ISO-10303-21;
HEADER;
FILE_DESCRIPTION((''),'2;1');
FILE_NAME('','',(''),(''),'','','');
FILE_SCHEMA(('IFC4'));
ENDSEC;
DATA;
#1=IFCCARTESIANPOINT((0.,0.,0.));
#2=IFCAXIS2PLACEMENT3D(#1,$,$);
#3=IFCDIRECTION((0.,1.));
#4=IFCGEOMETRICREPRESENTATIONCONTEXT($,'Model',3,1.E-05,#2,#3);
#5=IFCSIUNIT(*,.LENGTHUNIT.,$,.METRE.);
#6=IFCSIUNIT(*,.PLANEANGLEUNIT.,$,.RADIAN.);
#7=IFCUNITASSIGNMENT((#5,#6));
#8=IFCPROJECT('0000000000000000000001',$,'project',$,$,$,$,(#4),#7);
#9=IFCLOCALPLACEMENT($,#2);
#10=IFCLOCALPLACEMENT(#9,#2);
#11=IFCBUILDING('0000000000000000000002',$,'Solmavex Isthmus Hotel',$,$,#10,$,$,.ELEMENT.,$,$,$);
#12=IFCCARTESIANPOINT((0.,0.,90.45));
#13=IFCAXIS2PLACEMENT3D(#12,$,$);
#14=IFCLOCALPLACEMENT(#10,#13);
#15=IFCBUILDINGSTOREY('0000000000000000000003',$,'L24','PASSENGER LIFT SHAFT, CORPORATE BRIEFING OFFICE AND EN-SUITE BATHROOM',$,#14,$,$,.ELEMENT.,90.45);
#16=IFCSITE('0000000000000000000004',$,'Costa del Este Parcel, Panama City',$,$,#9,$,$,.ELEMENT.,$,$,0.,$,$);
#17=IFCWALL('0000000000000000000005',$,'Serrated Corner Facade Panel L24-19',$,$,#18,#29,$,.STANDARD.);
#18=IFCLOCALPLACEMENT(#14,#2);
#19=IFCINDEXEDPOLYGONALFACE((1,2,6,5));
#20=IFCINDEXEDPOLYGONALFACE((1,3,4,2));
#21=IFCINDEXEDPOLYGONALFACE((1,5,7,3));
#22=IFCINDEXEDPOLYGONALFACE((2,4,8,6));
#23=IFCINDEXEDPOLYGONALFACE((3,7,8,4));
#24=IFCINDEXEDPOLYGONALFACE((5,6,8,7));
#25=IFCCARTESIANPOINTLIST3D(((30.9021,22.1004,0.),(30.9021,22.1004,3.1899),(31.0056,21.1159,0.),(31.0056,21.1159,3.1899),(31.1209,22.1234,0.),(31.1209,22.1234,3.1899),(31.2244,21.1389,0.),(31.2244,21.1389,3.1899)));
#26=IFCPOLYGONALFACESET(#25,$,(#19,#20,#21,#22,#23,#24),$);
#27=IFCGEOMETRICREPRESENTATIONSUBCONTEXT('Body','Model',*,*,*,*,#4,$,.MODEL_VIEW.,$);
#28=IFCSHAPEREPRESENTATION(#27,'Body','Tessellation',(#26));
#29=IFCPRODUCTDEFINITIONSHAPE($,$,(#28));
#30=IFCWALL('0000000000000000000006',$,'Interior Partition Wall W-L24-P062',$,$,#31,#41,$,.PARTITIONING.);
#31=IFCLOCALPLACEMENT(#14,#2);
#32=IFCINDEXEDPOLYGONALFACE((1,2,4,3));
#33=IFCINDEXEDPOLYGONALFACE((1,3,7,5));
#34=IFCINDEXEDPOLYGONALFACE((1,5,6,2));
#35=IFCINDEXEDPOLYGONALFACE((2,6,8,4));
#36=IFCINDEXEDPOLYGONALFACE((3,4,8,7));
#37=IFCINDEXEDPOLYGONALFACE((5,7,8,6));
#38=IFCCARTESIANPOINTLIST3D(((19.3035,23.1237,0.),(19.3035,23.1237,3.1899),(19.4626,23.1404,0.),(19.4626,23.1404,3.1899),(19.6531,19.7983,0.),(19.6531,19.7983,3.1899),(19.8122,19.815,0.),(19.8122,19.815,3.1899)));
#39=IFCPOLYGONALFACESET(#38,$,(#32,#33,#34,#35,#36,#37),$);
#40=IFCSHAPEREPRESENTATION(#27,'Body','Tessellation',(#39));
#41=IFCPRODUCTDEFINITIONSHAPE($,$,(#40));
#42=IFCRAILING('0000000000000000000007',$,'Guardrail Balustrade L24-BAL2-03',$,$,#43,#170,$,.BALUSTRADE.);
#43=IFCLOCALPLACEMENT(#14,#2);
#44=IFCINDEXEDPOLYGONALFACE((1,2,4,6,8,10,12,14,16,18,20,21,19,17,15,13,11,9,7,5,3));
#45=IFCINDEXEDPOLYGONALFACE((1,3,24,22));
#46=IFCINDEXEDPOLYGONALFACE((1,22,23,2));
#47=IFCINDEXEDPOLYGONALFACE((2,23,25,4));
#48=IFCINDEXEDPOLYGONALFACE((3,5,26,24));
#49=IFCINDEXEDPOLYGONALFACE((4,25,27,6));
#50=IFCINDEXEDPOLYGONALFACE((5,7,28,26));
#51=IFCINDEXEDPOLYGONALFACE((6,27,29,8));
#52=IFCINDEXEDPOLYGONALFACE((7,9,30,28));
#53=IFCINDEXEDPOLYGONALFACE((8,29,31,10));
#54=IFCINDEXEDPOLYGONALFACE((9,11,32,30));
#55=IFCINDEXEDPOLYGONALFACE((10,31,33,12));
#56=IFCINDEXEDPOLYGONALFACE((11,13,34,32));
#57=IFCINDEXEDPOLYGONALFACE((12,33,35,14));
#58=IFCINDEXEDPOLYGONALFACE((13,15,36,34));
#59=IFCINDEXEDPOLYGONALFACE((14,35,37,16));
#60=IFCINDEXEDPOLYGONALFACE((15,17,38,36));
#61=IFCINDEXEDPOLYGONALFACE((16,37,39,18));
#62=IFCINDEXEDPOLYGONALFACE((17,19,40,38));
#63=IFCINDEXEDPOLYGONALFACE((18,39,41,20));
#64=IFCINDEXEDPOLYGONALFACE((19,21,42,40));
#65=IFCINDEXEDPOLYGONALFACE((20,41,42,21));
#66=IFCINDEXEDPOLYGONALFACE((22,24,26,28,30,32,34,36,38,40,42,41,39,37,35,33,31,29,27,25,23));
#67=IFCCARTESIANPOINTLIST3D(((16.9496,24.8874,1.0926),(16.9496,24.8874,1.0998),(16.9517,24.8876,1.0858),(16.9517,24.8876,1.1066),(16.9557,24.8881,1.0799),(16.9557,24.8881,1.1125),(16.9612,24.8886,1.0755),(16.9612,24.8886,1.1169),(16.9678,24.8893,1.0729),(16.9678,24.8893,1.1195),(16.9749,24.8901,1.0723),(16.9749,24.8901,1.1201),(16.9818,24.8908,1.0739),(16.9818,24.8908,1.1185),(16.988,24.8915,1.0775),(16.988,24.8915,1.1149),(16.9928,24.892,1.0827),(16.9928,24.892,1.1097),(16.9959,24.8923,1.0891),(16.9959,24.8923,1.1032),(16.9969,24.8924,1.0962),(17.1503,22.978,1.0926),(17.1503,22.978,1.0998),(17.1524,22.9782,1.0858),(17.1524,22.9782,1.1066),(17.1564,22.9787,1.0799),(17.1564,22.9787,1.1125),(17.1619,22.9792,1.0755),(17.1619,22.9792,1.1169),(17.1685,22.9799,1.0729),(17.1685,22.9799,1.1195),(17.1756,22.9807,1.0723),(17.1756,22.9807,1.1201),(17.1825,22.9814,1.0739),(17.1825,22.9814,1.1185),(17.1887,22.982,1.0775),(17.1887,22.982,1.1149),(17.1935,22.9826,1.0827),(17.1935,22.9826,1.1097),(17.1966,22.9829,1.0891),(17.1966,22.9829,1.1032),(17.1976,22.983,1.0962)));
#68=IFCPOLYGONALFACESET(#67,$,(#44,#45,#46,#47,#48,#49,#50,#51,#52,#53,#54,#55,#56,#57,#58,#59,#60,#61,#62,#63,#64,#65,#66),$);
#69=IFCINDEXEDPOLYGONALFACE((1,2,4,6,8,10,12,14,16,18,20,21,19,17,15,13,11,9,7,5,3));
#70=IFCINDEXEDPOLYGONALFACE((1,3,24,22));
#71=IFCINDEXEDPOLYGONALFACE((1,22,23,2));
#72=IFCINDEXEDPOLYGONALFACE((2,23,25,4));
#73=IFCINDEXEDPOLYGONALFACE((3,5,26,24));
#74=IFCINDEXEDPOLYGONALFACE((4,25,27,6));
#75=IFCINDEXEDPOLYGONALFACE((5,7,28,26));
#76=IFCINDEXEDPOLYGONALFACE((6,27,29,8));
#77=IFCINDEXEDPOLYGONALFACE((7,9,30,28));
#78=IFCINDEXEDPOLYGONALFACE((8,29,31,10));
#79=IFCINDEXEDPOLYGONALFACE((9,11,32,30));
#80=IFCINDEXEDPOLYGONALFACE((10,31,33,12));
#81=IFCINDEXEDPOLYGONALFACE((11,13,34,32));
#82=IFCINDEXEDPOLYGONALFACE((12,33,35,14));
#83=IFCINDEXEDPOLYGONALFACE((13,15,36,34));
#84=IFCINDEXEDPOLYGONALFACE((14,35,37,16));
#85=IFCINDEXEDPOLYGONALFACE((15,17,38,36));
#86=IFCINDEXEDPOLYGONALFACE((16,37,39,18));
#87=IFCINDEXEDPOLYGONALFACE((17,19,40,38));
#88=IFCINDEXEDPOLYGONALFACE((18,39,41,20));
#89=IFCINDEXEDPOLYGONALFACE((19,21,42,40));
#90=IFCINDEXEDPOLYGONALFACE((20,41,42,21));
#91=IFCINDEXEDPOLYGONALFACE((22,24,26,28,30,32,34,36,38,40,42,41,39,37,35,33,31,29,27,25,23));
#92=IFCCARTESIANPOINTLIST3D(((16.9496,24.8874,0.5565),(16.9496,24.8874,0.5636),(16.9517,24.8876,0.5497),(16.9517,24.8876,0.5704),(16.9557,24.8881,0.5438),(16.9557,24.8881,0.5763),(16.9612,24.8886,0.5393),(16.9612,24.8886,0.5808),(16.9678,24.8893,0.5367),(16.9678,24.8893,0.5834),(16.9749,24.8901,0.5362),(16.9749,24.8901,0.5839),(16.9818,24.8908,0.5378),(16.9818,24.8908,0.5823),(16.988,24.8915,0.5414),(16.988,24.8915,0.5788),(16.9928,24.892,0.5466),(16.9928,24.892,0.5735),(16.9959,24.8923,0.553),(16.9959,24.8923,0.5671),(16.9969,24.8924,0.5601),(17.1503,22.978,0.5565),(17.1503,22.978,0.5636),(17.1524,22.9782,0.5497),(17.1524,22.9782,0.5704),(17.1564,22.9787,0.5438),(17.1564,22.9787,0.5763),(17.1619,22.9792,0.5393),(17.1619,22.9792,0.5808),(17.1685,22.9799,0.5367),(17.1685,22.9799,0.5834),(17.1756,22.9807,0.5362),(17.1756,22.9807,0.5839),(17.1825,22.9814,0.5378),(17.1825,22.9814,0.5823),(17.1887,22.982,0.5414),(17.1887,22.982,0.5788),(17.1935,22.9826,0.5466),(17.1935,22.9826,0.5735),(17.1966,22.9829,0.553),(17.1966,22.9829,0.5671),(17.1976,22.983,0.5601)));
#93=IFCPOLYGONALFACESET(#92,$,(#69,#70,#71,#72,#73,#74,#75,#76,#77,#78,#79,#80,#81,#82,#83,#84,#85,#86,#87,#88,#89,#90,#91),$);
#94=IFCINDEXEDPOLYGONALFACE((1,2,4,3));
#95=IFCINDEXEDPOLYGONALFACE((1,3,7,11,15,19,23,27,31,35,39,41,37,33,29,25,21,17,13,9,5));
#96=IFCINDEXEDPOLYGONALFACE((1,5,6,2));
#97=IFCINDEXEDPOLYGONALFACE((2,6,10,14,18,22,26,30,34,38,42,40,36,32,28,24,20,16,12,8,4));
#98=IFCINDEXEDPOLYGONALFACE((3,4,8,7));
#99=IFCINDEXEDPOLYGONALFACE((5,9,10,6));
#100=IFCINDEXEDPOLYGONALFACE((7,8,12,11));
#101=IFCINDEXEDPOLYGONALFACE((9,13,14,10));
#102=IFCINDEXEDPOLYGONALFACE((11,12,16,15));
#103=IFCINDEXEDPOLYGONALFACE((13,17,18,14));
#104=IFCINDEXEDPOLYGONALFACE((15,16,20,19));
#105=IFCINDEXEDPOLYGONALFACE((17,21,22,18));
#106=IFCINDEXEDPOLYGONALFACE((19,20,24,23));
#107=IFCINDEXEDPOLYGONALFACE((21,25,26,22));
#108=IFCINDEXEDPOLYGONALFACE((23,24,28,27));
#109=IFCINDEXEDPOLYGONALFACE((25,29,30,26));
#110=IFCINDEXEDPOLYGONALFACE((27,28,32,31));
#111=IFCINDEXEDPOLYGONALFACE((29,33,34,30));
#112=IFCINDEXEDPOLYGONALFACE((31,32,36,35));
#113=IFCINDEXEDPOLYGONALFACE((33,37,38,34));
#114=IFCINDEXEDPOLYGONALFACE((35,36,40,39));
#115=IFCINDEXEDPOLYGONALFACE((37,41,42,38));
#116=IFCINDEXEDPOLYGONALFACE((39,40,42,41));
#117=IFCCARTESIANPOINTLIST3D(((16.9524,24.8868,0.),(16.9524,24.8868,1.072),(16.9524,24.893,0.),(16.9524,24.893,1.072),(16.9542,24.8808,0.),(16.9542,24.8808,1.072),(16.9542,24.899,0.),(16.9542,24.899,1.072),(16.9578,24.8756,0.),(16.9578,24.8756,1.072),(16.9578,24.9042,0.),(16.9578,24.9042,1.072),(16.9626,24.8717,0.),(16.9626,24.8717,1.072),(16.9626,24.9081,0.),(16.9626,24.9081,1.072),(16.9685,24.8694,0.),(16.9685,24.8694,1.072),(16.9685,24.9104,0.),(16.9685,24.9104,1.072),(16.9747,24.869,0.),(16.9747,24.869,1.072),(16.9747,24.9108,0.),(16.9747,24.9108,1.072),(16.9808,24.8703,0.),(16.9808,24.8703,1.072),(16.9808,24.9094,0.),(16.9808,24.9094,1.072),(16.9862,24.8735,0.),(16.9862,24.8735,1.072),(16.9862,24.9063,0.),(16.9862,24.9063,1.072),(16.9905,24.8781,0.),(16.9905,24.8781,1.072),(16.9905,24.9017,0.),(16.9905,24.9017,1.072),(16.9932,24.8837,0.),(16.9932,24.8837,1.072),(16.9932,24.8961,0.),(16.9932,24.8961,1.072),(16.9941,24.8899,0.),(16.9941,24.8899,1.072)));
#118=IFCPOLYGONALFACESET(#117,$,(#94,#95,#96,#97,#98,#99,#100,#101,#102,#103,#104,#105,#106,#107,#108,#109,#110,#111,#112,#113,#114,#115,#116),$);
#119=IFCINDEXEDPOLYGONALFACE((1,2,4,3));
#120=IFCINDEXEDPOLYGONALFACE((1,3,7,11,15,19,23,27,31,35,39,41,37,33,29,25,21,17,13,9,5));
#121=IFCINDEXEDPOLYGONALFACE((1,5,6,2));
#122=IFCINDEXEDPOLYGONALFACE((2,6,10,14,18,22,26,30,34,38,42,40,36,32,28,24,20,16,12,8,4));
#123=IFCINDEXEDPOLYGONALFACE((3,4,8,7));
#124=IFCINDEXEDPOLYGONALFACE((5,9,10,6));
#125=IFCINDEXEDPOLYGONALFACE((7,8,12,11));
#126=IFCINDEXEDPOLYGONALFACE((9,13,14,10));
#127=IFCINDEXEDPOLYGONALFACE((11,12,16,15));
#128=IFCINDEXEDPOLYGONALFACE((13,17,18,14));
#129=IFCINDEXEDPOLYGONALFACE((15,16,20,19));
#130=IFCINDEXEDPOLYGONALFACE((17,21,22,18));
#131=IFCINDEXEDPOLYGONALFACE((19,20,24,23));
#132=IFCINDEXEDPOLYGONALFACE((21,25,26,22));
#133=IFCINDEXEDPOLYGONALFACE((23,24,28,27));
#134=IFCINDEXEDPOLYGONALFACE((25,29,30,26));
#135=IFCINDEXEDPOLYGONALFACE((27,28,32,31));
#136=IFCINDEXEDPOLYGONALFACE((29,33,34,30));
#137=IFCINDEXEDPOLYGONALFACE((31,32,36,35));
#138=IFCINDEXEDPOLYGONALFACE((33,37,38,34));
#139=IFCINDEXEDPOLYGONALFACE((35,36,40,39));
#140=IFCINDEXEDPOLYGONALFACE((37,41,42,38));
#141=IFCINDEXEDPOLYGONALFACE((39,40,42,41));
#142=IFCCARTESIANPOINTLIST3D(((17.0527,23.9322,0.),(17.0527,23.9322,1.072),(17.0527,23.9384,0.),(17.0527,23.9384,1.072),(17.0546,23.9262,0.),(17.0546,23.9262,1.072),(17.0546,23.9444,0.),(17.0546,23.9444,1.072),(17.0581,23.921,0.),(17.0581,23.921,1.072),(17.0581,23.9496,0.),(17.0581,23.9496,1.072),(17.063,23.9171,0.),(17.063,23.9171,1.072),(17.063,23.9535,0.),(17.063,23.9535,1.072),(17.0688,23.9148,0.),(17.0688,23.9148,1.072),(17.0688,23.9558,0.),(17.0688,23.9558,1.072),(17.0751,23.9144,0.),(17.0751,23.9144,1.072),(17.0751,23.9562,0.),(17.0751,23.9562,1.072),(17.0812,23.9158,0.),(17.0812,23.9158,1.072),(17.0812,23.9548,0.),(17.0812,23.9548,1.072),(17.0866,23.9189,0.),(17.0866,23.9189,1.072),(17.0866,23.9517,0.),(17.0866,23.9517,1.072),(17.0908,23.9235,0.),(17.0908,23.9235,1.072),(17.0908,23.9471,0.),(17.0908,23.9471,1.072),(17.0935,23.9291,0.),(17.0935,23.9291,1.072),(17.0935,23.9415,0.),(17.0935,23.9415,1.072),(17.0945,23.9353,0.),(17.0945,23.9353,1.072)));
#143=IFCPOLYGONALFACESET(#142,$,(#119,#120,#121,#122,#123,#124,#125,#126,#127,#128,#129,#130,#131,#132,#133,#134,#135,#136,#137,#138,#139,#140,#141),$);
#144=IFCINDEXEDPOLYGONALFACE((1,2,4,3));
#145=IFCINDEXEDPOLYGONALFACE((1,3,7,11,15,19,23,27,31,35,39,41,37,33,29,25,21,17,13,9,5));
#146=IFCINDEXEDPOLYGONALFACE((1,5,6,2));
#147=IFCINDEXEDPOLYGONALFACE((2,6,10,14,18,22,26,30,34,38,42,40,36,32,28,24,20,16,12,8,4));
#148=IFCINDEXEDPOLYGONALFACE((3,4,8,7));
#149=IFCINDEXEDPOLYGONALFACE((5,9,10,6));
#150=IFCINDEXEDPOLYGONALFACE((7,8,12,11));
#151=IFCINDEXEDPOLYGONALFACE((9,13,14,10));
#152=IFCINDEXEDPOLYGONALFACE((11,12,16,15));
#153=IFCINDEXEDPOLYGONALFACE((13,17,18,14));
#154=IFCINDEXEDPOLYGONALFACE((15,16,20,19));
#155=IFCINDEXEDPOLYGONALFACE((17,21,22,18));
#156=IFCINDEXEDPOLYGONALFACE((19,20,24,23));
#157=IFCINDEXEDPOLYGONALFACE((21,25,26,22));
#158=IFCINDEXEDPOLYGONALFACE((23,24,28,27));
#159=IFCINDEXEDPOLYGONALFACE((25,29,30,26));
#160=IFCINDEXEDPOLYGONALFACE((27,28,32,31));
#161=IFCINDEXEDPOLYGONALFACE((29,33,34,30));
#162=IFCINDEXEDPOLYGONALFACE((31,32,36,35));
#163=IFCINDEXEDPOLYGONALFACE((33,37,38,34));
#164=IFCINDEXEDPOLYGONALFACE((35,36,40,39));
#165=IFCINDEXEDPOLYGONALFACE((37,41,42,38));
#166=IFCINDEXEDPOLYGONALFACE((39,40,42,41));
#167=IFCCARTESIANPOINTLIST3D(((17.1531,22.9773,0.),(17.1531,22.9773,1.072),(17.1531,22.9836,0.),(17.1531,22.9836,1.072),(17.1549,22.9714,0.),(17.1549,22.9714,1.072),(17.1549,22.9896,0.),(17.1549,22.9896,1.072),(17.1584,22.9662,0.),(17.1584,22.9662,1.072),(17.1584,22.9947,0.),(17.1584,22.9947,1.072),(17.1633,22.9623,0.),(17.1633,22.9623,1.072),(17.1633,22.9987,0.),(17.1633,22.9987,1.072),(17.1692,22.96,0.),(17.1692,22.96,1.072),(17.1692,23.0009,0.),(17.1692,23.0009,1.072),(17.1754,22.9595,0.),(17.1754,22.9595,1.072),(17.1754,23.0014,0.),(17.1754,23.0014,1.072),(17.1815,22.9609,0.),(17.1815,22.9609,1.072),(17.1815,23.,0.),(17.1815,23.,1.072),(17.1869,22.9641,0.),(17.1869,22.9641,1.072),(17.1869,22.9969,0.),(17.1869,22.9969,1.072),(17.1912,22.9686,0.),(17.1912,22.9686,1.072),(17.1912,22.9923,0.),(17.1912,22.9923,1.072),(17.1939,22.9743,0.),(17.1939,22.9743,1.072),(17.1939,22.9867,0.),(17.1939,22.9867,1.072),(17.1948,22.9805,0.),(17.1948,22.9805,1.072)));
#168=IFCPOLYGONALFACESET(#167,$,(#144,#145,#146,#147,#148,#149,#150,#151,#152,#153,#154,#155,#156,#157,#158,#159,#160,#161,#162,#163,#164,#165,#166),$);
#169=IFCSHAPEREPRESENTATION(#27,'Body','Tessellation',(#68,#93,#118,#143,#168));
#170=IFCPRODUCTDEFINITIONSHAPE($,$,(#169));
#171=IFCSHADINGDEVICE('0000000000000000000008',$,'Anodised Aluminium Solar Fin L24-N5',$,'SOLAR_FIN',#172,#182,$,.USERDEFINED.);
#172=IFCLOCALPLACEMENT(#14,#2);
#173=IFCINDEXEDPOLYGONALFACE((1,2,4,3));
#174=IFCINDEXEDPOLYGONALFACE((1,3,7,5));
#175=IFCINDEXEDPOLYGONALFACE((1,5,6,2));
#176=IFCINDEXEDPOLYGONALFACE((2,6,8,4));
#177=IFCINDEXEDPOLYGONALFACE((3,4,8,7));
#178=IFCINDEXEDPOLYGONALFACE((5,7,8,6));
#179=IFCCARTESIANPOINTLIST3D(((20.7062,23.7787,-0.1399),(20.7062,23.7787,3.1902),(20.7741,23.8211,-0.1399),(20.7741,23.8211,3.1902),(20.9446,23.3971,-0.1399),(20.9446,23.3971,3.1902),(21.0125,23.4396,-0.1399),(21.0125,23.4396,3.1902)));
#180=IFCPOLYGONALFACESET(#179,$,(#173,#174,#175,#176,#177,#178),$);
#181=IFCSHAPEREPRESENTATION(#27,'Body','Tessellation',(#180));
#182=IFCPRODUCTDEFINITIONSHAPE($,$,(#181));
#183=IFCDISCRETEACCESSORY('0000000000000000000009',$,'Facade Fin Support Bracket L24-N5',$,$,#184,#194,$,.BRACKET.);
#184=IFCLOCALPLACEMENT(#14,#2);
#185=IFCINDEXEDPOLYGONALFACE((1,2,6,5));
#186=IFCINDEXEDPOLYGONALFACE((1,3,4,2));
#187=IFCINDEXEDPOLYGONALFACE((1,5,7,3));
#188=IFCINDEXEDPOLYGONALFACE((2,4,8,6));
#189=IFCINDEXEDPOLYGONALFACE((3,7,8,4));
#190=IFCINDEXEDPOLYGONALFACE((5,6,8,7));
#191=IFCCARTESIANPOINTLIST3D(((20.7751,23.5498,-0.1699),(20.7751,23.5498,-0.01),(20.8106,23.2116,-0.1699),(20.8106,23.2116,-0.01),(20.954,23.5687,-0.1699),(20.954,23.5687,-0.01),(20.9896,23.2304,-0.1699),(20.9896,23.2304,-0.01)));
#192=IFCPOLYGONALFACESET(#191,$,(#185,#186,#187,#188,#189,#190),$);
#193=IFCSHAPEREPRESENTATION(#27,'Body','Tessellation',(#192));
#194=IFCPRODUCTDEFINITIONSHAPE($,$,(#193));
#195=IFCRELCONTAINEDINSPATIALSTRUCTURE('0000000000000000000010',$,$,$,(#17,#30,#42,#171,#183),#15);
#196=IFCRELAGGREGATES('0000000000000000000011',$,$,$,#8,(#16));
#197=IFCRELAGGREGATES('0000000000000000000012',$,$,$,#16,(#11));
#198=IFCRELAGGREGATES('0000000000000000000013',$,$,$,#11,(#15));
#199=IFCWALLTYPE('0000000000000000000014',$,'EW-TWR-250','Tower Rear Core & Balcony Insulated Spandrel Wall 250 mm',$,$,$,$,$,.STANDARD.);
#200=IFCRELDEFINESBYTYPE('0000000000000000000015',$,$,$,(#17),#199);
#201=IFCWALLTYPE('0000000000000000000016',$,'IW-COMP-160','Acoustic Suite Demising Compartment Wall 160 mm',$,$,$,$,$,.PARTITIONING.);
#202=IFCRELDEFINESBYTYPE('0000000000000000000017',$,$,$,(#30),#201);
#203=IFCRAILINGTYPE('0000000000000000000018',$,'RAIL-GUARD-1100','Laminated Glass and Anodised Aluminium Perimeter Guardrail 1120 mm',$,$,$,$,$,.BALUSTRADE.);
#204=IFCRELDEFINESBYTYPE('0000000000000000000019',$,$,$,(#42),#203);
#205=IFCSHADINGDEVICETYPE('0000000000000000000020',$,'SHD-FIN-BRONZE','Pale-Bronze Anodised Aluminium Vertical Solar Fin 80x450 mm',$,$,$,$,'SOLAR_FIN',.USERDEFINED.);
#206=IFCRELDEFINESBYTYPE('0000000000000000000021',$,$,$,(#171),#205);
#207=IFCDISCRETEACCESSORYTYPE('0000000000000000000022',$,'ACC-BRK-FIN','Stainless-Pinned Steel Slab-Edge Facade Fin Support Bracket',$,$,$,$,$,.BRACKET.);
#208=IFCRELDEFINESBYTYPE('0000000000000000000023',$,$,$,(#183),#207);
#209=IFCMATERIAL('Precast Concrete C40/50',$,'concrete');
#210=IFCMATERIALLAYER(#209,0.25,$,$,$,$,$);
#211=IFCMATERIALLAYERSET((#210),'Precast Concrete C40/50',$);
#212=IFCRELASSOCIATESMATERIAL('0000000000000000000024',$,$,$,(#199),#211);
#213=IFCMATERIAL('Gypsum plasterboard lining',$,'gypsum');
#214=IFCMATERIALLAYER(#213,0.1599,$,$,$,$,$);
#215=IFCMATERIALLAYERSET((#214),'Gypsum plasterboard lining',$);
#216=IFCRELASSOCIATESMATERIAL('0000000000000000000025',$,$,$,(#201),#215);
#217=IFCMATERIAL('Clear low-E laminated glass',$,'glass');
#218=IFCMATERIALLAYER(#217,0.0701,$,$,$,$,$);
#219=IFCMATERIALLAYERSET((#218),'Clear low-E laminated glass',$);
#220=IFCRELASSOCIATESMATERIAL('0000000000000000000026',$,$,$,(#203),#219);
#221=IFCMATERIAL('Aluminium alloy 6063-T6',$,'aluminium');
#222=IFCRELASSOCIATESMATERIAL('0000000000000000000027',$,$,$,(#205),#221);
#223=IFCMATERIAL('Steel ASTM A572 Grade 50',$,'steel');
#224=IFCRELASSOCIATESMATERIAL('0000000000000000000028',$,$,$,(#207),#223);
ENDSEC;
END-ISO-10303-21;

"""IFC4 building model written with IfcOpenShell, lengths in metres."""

from ifc_helpers import new_model, si_unit, direction, frame, frame_2d, origin, origin_2d, place, context, subcontext, project, spatial, rectangle, circle, extrude, material, layer, layer_set, type_object, element, save


model = new_model("IFC4")

# Units and contexts
model_context = context("Model", 3, precision=1e-05, world=origin(), true_north=direction((0.0, 1.0)))
body_context = subcontext(model_context, "Body", "Model", "MODEL_VIEW")
ifc_project = project(units=[si_unit("LENGTHUNIT", "METRE"), si_unit("PLANEANGLEUNIT", "RADIAN")], contexts=[model_context])

# Site, building, storey
site_placement = place(None, origin())
site = spatial("IfcSite", under=ifc_project, at=site_placement, Name="Costa del Este Parcel, Panama City", CompositionType="ELEMENT", RefElevation=0.0)
building_placement = place(site_placement, origin())
building = spatial("IfcBuilding", under=site, at=building_placement, Name="Solmavex Isthmus Hotel", CompositionType="ELEMENT")
storey_placement = place(building_placement, frame((0.0, 0.0, 90.45)))
storey = spatial("IfcBuildingStorey", under=building, at=storey_placement, Name="L24", Description="PASSENGER LIFT SHAFT, CORPORATE BRIEFING OFFICE AND EN-SUITE BATHROOM", CompositionType="ELEMENT", Elevation=90.45)

# Shared definitions
ifc_material_1 = material(Name="Aluminium alloy 6063-T6", Category="aluminium")

# Shared definitions
ifc_material_2 = material(Name="Clear low-E laminated glass", Category="glass")

# Walls
ifc_material_3 = material(Name="Precast Concrete C40/50", Category="concrete")
ifc_layer_1 = layer(ifc_material_3, 0.25)
ifc_layer_set_1 = layer_set([ifc_layer_1], Name="Precast Concrete C40/50")
wall_type_1 = type_object("IfcWallType", Name="EW-TWR-250", Description="Tower Rear Core & Balcony Insulated Spandrel Wall 250 mm", PredefinedType="STANDARD", material=ifc_layer_set_1)
wall_1_placement = place(storey_placement, frame((31.0115, 22.1121, 0.0), z_axis=(0.0, 0.0, 1.0), x_axis=(0.104556, -0.994519, 0.0)))
element("IfcWall", 1, at=wall_1_placement, inside=storey, type_object=wall_type_1, Name="Serrated Corner Facade Panel L24-19", PredefinedType="STANDARD", context=body_context, shape_type="SweptSolid", body=[
    extrude(rectangle(XDim=0.99, YDim=0.22, at=frame_2d((0.4951, 0.0))), origin(), (0.0, 0.0, 1.0), 3.1899),
])
ifc_material_4 = material(Name="Gypsum plasterboard lining", Category="gypsum")
ifc_layer_2 = layer(ifc_material_4, 0.1599)
ifc_layer_set_2 = layer_set([ifc_layer_2], Name="Gypsum plasterboard lining")
wall_type_2 = type_object("IfcWallType", Name="IW-COMP-160", Description="Acoustic Suite Demising Compartment Wall 160 mm", PredefinedType="PARTITIONING", material=ifc_layer_set_2)
wall_2_placement = place(storey_placement, frame((19.3831, 23.1321, 0.0), z_axis=(0.0, 0.0, 1.0), x_axis=(0.104556, -0.994519, 0.0)))
element("IfcWall", 2, at=wall_2_placement, inside=storey, type_object=wall_type_2, Name="Interior Partition Wall W-L24-P062", PredefinedType="PARTITIONING", context=body_context, shape_type="SweptSolid", body=[
    extrude(rectangle(XDim=3.3438, YDim=0.1599, at=frame_2d((1.6719, 0.0))), origin(), (0.0, 0.0, 1.0), 3.1899),
])

# Railing
ifc_layer_3 = layer(ifc_material_2, 0.0701)
ifc_layer_set_3 = layer_set([ifc_layer_3], Name="Clear low-E laminated glass")
railing_type = type_object("IfcRailingType", Name="RAIL-GUARD-1100", Description="Laminated Glass and Anodised Aluminium Perimeter Guardrail 1120 mm", PredefinedType="BALUSTRADE", material=ifc_layer_set_3)
railing_placement = place(storey_placement, frame((16.9731, 24.8899, 0.0)))
element("IfcRailing", 3, at=railing_placement, inside=storey, type_object=railing_type, Name="Guardrail Balustrade L24-BAL2-03", PredefinedType="BALUSTRADE", context=body_context, shape_type="SweptSolid", body=[
    extrude(circle(Radius=0.0239, at=origin_2d()), frame((0.0, 0.0, 1.0962), z_axis=(0.104526, -0.994522, 0.0), x_axis=(0.994522, 0.104526, 0.0)), (0.0, 0.0, 1.0), 1.9199),
    extrude(circle(Radius=0.0239, at=origin_2d()), frame((0.0, 0.0, 0.5601), z_axis=(0.104526, -0.994522, 0.0), x_axis=(0.994522, 0.104526, 0.0)), (0.0, 0.0, 1.0), 1.9199),
    extrude(circle(Radius=0.021, at=origin_2d()), origin(), (0.0, 0.0, 1.0), 1.072),
    extrude(circle(Radius=0.021, at=origin_2d()), frame((0.1003, -0.9546, 0.0)), (0.0, 0.0, 1.0), 1.072),
    extrude(circle(Radius=0.021, at=origin_2d()), frame((0.2007, -1.9094, 0.0)), (0.0, 0.0, 1.0), 1.072),
])

# Shading device
shading_device_type = type_object("IfcShadingDeviceType", Name="SHD-FIN-BRONZE", Description="Pale-Bronze Anodised Aluminium Vertical Solar Fin 80x450 mm", ElementType="SOLAR_FIN", PredefinedType="USERDEFINED", material=ifc_material_1)
shading_device_placement = place(storey_placement, frame((20.8594, 23.6091, -0.1399), z_axis=(0.0, 0.0, 1.0), x_axis=(-0.529919, 0.848048, 0.0)))
element("IfcShadingDevice", 4, at=shading_device_placement, inside=storey, type_object=shading_device_type, Name="Anodised Aluminium Solar Fin L24-N5", ObjectType="SOLAR_FIN", PredefinedType="USERDEFINED", context=body_context, shape_type="SweptSolid", body=[
    extrude(rectangle(XDim=0.45, YDim=0.0801, at=origin_2d()), origin(), (0.0, 0.0, 1.0), 3.3301),
])

# Discrete accessory
ifc_material_5 = material(Name="Steel ASTM A572 Grade 50", Category="steel")
discrete_accessory_type = type_object("IfcDiscreteAccessoryType", Name="ACC-BRK-FIN", Description="Stainless-Pinned Steel Slab-Edge Facade Fin Support Bracket", PredefinedType="BRACKET", material=ifc_material_5)
discrete_accessory_placement = place(storey_placement, frame((20.8823, 23.3901, -0.1699), z_axis=(0.0, 0.0, 1.0), x_axis=(-0.104528, 0.994522, 0.0)))
element("IfcDiscreteAccessory", 5, at=discrete_accessory_placement, inside=storey, type_object=discrete_accessory_type, Name="Facade Fin Support Bracket L24-N5", PredefinedType="BRACKET", context=body_context, shape_type="SweptSolid", body=[
    extrude(rectangle(XDim=0.3401, YDim=0.1799, at=origin_2d()), origin(), (0.0, 0.0, 1.0), 0.1599),
])

save(model, "model.ifc")
